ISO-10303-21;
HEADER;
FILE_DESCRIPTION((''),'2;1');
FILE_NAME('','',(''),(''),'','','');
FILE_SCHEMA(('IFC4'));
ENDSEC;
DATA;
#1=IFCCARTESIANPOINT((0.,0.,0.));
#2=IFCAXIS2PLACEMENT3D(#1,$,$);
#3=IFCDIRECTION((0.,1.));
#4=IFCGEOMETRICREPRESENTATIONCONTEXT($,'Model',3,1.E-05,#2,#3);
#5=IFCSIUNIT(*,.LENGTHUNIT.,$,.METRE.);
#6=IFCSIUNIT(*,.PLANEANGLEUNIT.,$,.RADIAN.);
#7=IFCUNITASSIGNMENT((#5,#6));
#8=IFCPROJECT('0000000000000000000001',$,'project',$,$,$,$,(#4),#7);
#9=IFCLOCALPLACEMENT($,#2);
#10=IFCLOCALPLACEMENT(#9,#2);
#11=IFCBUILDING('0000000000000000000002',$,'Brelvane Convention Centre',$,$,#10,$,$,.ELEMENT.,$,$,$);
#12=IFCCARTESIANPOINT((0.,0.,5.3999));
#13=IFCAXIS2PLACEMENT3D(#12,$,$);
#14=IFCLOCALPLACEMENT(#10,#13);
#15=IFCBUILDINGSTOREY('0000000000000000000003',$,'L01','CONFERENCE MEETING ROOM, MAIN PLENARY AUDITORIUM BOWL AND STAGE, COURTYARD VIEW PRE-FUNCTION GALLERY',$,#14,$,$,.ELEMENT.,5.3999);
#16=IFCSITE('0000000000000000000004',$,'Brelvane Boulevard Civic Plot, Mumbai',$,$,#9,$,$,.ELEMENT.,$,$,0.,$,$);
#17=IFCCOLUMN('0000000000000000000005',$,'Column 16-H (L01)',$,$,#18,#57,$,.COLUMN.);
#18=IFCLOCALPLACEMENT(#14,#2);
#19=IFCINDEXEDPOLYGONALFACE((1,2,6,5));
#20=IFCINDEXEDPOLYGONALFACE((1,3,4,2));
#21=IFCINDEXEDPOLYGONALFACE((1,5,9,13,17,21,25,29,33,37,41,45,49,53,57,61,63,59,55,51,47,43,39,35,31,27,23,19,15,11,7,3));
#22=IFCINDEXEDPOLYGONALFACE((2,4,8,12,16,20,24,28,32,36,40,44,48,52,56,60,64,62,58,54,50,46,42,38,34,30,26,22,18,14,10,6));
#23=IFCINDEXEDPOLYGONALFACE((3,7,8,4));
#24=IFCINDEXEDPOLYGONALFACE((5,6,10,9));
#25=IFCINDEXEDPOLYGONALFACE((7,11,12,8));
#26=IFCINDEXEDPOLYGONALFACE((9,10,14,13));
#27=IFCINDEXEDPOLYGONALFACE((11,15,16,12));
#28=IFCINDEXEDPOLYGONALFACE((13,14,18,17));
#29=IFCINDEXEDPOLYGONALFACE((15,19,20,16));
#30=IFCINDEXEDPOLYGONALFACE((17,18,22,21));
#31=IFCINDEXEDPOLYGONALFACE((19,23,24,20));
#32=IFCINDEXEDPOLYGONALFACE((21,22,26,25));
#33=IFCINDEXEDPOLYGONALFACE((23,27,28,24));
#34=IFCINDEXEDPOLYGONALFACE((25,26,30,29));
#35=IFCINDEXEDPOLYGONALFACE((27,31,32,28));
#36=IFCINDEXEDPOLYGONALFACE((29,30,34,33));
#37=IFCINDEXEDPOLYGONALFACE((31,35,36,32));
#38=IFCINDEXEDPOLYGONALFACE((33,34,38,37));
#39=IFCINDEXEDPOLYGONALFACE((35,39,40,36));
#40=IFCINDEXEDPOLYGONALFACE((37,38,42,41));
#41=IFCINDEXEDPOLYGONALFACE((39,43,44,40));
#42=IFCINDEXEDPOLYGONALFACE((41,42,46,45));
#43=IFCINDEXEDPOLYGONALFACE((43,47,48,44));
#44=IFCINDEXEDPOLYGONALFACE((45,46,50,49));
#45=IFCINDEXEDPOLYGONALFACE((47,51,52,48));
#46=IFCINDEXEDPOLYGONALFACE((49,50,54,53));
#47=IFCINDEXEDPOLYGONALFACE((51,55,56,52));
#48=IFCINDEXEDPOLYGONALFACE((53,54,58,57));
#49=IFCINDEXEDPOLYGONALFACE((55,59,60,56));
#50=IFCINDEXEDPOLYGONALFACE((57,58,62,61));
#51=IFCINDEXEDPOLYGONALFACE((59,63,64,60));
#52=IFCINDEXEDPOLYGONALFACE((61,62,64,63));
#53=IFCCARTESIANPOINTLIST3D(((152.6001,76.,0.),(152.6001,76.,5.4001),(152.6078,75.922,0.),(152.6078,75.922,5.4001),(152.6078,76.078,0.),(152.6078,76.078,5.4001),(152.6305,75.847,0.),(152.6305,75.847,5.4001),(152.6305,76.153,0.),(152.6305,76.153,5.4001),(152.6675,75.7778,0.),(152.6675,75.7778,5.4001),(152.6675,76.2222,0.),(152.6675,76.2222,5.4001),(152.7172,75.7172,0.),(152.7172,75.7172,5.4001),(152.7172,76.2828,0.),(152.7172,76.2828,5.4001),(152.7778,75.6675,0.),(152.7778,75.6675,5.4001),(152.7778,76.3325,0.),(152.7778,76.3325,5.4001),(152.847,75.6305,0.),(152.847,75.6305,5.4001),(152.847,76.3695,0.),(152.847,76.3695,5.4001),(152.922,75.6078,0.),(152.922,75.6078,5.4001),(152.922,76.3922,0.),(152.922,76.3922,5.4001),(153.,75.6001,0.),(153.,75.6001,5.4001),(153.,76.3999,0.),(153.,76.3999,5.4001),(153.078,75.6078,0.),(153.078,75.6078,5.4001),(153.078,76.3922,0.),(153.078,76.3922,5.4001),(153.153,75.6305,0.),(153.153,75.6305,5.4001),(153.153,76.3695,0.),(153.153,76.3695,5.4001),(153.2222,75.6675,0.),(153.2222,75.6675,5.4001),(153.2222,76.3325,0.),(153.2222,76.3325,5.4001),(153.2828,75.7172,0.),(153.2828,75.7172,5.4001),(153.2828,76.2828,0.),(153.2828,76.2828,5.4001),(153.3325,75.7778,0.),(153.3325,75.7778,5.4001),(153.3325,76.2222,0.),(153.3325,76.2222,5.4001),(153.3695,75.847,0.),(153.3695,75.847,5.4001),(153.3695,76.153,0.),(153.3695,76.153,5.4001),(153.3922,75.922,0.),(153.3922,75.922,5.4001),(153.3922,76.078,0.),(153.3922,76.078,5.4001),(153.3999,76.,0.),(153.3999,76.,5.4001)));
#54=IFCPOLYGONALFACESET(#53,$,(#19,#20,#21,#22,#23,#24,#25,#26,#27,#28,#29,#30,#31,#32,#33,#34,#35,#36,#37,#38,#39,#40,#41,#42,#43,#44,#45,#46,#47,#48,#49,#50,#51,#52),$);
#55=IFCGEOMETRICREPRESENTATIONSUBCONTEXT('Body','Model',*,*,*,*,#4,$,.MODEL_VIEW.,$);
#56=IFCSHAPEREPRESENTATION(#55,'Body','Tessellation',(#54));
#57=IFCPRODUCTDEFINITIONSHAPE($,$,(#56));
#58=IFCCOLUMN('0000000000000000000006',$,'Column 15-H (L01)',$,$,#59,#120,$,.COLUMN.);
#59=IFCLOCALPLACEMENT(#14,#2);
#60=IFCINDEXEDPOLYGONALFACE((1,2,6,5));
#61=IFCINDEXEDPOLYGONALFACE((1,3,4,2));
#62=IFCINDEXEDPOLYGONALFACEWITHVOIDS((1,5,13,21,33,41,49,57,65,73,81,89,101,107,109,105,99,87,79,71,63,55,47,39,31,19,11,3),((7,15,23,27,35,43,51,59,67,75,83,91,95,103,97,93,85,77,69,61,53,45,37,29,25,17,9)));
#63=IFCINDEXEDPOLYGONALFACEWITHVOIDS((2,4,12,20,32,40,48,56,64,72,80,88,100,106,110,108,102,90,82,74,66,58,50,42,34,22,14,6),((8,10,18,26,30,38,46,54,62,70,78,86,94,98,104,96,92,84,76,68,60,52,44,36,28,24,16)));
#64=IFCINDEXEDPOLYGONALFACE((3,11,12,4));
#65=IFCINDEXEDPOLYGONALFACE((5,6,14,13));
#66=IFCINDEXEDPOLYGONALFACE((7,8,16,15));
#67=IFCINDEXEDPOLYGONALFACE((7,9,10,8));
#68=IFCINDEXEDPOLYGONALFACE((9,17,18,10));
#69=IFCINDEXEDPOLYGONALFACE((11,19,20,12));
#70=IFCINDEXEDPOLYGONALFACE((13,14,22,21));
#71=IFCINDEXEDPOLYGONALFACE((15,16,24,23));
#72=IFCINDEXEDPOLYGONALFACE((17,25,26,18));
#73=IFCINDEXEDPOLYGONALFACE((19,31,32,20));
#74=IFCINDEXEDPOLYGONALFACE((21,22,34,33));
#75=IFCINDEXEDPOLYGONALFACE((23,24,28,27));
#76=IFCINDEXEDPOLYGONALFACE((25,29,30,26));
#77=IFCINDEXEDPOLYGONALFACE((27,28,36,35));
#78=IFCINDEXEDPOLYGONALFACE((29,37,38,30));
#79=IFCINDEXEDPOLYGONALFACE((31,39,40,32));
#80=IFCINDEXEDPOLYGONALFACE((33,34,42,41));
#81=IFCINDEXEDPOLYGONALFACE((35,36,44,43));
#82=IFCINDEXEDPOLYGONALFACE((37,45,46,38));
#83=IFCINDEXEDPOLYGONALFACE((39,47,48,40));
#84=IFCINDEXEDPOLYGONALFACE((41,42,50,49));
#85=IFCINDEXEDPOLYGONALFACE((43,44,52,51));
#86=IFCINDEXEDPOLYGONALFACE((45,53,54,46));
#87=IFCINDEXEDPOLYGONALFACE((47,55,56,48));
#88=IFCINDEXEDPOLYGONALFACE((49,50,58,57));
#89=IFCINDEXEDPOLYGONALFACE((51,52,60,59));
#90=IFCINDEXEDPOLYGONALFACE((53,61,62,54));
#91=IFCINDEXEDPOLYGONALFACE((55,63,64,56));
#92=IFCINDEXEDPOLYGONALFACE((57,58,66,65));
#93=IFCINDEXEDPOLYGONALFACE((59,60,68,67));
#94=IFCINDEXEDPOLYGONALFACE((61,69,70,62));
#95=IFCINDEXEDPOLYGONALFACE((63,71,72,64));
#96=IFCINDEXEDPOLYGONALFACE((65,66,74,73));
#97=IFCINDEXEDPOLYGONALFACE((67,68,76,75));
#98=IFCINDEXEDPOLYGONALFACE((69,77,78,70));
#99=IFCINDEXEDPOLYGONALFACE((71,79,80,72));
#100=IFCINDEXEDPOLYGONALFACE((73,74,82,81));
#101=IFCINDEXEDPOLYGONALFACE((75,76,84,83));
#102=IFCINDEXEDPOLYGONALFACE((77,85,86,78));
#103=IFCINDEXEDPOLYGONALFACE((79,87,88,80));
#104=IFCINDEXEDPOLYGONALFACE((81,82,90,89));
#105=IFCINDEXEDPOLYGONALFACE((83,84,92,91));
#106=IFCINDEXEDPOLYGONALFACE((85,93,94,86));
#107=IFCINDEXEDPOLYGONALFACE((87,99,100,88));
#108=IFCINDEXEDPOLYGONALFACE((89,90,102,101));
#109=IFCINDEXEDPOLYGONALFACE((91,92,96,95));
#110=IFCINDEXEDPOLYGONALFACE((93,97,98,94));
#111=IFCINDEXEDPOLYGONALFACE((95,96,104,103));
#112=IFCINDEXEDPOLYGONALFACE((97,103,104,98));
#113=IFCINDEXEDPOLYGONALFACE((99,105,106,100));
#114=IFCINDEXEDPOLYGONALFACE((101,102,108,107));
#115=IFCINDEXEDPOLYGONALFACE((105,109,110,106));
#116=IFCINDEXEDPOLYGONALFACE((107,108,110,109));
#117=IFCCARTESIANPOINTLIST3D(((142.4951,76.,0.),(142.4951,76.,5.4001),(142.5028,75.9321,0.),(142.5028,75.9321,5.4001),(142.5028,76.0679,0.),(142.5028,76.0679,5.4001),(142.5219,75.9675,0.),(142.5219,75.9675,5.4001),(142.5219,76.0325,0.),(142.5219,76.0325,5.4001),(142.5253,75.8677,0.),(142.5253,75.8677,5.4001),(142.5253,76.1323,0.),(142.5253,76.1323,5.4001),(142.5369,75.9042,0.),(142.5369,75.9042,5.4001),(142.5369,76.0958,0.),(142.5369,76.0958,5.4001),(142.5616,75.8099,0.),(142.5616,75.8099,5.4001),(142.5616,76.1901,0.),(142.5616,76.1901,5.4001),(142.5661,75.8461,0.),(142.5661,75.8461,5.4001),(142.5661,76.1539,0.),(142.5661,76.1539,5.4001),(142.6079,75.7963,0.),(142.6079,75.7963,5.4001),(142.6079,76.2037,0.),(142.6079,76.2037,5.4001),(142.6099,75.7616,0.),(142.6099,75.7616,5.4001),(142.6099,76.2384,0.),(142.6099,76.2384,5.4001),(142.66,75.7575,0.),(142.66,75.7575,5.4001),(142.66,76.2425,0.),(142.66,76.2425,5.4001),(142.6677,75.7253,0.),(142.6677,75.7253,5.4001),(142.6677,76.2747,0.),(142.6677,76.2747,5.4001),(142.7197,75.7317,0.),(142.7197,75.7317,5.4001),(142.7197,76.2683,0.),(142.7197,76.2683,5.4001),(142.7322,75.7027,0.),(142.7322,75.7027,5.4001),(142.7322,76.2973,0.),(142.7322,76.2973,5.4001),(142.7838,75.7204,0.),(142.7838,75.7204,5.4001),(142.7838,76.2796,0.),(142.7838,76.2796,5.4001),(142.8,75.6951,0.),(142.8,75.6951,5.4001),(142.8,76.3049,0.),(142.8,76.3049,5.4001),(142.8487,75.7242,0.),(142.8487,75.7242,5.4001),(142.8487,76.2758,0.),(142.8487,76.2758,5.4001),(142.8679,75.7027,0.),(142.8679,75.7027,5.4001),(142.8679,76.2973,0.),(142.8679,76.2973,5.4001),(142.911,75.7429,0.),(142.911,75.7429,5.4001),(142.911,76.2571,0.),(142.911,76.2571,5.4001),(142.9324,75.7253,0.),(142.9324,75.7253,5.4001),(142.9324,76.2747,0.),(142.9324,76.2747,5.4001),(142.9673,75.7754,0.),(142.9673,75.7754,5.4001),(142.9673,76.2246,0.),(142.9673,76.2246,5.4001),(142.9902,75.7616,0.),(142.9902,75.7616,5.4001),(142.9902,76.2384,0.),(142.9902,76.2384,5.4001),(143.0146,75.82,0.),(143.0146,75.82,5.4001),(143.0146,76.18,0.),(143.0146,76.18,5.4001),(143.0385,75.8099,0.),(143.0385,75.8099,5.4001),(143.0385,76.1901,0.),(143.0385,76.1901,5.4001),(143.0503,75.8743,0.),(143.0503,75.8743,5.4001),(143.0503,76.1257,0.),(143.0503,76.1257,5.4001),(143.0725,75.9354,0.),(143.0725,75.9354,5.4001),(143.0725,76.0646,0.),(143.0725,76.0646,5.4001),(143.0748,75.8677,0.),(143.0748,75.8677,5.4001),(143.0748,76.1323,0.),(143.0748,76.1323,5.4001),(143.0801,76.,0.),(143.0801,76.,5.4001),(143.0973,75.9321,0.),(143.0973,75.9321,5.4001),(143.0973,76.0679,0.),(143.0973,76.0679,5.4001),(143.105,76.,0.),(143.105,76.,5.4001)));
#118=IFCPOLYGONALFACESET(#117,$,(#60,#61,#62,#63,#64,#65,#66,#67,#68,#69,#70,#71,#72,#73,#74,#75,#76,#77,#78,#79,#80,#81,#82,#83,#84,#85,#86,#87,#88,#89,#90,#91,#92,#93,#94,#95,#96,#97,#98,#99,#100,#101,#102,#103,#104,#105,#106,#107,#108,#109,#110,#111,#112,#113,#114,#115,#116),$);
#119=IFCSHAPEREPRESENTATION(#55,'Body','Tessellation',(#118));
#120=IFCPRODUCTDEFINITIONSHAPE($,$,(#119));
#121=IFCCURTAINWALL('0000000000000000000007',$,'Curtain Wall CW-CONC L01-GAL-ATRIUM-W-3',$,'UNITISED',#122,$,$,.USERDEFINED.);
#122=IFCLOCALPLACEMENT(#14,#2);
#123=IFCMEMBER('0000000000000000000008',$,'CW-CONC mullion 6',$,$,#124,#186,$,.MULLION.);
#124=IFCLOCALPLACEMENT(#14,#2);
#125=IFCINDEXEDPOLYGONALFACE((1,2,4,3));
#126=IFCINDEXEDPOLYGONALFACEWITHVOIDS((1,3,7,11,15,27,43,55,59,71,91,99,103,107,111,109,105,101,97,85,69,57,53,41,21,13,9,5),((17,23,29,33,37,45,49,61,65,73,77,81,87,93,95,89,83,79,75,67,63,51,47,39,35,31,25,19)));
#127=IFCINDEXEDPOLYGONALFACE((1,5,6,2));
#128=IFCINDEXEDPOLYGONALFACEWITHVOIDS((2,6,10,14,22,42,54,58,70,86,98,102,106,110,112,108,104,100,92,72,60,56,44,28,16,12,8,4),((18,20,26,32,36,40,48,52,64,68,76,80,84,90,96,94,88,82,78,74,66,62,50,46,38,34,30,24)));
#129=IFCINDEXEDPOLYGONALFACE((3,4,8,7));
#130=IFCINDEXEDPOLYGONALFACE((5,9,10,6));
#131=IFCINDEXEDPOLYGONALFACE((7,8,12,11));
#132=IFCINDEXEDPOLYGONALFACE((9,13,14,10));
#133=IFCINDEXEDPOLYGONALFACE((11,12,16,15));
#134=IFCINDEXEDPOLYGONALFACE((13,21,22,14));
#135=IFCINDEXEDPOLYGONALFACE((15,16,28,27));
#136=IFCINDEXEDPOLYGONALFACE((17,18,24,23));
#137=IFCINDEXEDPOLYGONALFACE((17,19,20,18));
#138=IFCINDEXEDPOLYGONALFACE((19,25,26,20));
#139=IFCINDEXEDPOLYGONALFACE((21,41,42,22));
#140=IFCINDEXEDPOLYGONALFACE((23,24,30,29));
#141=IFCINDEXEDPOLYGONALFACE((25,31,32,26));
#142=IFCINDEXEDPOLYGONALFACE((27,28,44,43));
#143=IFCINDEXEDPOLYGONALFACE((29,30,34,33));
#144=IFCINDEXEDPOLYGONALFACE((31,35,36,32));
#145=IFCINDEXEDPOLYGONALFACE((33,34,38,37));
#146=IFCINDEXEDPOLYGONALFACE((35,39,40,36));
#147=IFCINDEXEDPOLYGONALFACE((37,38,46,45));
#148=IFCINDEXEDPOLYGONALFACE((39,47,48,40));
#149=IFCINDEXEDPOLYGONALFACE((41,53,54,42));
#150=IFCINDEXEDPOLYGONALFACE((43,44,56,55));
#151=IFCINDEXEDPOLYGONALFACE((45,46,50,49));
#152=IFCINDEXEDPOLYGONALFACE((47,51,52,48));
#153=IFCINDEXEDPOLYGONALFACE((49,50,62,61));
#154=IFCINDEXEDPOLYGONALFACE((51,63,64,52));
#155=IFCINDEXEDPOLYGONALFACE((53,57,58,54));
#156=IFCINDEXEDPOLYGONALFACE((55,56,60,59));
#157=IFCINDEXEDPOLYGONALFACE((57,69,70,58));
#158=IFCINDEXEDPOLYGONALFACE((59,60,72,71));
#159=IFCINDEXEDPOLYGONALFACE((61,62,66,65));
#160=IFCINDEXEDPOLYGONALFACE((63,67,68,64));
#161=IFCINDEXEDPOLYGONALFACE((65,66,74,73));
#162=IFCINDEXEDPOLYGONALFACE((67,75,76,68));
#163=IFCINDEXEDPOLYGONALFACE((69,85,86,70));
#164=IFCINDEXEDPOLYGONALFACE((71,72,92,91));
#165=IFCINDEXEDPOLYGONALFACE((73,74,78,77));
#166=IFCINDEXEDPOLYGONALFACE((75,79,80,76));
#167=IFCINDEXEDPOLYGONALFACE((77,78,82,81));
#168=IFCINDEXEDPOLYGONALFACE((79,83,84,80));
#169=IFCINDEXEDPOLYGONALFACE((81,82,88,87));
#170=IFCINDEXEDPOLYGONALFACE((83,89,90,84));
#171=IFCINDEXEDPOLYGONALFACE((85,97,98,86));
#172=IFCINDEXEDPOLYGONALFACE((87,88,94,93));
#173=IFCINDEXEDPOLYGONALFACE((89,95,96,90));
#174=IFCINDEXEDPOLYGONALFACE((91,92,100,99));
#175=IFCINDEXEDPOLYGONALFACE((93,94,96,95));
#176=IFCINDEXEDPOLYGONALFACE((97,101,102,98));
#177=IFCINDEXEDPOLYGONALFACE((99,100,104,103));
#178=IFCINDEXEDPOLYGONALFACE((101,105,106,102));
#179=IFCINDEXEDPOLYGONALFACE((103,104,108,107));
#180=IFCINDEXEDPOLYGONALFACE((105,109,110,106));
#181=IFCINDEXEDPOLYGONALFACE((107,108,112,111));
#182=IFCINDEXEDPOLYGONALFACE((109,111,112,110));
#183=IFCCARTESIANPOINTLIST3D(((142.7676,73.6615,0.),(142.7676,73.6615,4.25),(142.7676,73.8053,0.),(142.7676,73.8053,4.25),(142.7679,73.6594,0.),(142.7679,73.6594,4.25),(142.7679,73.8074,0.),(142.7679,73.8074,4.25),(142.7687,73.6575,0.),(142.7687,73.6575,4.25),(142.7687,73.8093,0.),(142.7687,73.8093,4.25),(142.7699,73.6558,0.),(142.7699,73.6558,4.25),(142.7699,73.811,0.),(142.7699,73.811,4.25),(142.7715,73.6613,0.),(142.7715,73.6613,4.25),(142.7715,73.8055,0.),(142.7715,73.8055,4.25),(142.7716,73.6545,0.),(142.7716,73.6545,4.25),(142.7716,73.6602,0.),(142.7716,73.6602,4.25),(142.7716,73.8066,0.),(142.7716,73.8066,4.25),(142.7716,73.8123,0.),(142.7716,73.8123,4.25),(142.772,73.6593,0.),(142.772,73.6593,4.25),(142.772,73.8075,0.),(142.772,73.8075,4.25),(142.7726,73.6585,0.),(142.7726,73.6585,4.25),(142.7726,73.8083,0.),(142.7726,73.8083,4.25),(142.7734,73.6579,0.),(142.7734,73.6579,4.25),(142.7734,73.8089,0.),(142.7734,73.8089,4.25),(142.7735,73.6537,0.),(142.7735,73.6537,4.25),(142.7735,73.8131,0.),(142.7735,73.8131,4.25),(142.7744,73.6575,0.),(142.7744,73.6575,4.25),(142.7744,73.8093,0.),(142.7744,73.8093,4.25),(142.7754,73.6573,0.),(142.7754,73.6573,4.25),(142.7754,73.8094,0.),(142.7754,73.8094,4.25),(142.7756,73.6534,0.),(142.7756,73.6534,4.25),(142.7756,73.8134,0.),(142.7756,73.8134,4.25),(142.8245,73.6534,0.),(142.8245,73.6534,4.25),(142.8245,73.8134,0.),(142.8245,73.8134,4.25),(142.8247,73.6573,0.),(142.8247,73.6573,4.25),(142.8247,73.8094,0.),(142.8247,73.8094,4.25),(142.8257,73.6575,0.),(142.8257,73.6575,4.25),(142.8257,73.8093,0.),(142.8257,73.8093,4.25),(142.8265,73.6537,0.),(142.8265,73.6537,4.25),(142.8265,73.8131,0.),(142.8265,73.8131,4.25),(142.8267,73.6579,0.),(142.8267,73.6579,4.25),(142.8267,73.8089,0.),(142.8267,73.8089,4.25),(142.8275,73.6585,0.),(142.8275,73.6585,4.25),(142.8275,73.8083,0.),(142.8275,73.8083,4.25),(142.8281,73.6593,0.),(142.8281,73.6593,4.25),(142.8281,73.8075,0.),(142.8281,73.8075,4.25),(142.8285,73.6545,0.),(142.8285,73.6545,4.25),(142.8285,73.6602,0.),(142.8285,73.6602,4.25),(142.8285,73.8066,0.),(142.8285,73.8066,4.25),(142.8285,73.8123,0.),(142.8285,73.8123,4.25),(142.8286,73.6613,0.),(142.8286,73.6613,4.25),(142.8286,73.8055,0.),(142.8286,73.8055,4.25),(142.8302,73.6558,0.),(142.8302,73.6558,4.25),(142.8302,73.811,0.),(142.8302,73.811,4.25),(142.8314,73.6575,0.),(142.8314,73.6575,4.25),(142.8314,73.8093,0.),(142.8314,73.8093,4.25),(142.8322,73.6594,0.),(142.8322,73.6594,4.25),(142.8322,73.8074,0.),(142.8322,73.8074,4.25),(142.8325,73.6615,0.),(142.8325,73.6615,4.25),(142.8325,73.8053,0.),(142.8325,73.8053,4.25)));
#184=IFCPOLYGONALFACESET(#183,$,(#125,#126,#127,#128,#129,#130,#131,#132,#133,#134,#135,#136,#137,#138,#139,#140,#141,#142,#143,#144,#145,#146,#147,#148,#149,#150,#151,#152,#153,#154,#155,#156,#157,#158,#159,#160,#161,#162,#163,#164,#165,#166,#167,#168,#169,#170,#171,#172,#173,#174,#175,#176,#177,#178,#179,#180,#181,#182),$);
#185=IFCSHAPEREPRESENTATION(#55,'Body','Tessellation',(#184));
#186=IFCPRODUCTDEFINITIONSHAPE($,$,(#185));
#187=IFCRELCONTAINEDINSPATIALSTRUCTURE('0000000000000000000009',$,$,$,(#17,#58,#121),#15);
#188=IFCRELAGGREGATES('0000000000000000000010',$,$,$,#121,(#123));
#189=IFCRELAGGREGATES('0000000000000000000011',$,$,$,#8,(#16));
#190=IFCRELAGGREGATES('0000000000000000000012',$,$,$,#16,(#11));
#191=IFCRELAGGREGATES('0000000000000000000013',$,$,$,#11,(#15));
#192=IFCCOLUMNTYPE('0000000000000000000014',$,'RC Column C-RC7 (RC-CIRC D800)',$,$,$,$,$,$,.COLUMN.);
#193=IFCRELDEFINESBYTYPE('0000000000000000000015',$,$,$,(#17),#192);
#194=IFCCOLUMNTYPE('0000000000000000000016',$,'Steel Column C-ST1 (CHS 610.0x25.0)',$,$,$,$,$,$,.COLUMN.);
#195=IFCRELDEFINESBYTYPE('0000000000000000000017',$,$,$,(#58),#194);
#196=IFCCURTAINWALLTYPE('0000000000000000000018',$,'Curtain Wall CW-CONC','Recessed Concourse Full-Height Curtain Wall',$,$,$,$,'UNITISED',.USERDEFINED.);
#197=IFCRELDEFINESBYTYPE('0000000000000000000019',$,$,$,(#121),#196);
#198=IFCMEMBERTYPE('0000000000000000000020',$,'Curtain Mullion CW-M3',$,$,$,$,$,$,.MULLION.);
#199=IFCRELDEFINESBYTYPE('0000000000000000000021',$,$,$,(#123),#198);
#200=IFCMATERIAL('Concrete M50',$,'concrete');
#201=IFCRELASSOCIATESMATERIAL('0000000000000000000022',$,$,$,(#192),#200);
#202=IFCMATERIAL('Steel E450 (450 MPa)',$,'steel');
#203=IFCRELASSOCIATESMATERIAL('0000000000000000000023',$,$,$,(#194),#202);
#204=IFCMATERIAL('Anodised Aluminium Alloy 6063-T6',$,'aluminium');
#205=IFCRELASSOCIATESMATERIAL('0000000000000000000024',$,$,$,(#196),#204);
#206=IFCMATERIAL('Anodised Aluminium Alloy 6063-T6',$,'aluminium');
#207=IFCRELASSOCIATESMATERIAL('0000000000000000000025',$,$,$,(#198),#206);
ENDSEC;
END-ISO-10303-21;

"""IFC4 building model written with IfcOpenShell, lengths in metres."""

from ifc_helpers import new_model, si_unit, direction, frame, origin, origin_2d, place, context, subcontext, project, spatial, hollow_rectangle, circle, hollow_circle, extrude, material, material_profile, profile_set, type_object, element, aggregate, save


model = new_model("IFC4")

# Units and contexts
model_context = context("Model", 3, precision=1e-05, world=origin(), true_north=direction((0.0, 1.0)))
body_context = subcontext(model_context, "Body", "Model", "MODEL_VIEW")
ifc_project = project(units=[si_unit("LENGTHUNIT", "METRE"), si_unit("PLANEANGLEUNIT", "RADIAN")], contexts=[model_context])

# Site, building, storey
site_placement = place(None, origin())
site = spatial("IfcSite", under=ifc_project, at=site_placement, Name="Brelvane Boulevard Civic Plot, Mumbai", CompositionType="ELEMENT", RefElevation=0.0)
building_placement = place(site_placement, origin())
building = spatial("IfcBuilding", under=site, at=building_placement, Name="Brelvane Convention Centre", CompositionType="ELEMENT")
storey_placement = place(building_placement, frame((0.0, 0.0, 5.3999)))
storey = spatial("IfcBuildingStorey", under=building, at=storey_placement, Name="L01", Description="CONFERENCE MEETING ROOM, MAIN PLENARY AUDITORIUM BOWL AND STAGE, COURTYARD VIEW PRE-FUNCTION GALLERY", CompositionType="ELEMENT", Elevation=5.3999)

# Columns
ifc_material_1 = material(Name="Concrete M50", Category="concrete")
ifc_material_profile_1 = material_profile(ifc_material_1, circle(Radius=0.3999, at=origin_2d()), Name="RC-CIRC D800")
ifc_profile_set_1 = profile_set([ifc_material_profile_1], Name="Concrete M50")
column_type_1 = type_object("IfcColumnType", Name="RC Column C-RC7 (RC-CIRC D800)", PredefinedType="COLUMN", material=ifc_profile_set_1)
column_1_placement = place(storey_placement, frame((153.0, 76.0, 0.0), z_axis=(0.0, 0.0, 1.0), x_axis=(1.0, 0.0, 0.0)))
element("IfcColumn", 1, at=column_1_placement, inside=storey, type_object=column_type_1, Name="Column 16-H (L01)", PredefinedType="COLUMN", context=body_context, shape_type="SweptSolid", body=[
    extrude(circle(Radius=0.3999, at=origin_2d()), origin(), (0.0, 0.0, 1.0), 5.4001),
])
ifc_material_2 = material(Name="Steel E450 (450 MPa)", Category="steel")
ifc_material_profile_2 = material_profile(ifc_material_2, hollow_circle(Radius=0.3049, WallThickness=0.0249, at=origin_2d()), Name="CHS 610.0x25.0")
ifc_profile_set_2 = profile_set([ifc_material_profile_2], Name="Steel E450 (450 MPa)")
column_type_2 = type_object("IfcColumnType", Name="Steel Column C-ST1 (CHS 610.0x25.0)", PredefinedType="COLUMN", material=ifc_profile_set_2)
column_2_placement = place(storey_placement, frame((142.8, 76.0, 0.0), z_axis=(0.0, 0.0, 1.0), x_axis=(1.0, 0.0, 0.0)))
element("IfcColumn", 2, at=column_2_placement, inside=storey, type_object=column_type_2, Name="Column 15-H (L01)", PredefinedType="COLUMN", context=body_context, shape_type="SweptSolid", body=[
    extrude(hollow_circle(Radius=0.3049, WallThickness=0.0249, at=origin_2d()), origin(), (0.0, 0.0, 1.0), 5.4001),
])

# Curtain wall, member
ifc_material_3 = material(Name="Anodised Aluminium Alloy 6063-T6", Category="aluminium")
curtain_wall_type = type_object("IfcCurtainWallType", Name="Curtain Wall CW-CONC", Description="Recessed Concourse Full-Height Curtain Wall", ElementType="UNITISED", PredefinedType="USERDEFINED", material=ifc_material_3)
curtain_wall_1_placement = place(storey_placement, origin())
curtain_wall_1 = element("IfcCurtainWall", 3, at=curtain_wall_1_placement, inside=storey, type_object=curtain_wall_type, Name="Curtain Wall CW-CONC L01-GAL-ATRIUM-W-3", ObjectType="UNITISED", PredefinedType="USERDEFINED")
ifc_material_4 = material(Name="Anodised Aluminium Alloy 6063-T6", Category="aluminium")
ifc_material_profile_3 = material_profile(ifc_material_4, hollow_rectangle(XDim=0.0649, YDim=0.1599, WallThickness=0.0039, InnerFilletRadius=0.0039, OuterFilletRadius=0.0081, at=origin_2d()), Name="ALU-M 160x65x4.0")
ifc_profile_set_3 = profile_set([ifc_material_profile_3], Name="Anodised Aluminium Alloy 6063-T6")
member_type_1 = type_object("IfcMemberType", Name="Curtain Mullion CW-M3", PredefinedType="MULLION", material=ifc_profile_set_3)
member_1_placement = place(storey_placement, frame((142.8, 73.7334, 0.0), z_axis=(0.0, 0.0, 1.0), x_axis=(-1.0, 0.0, 0.0)))
member_1 = element("IfcMember", 4, at=member_1_placement, type_object=member_type_1, Name="CW-CONC mullion 6", PredefinedType="MULLION", context=body_context, shape_type="SweptSolid", body=[
    extrude(hollow_rectangle(XDim=0.0649, YDim=0.1599, WallThickness=0.0039, InnerFilletRadius=0.0039, OuterFilletRadius=0.0081, at=origin_2d()), origin(), (0.0, 0.0, 1.0), 4.25),
])

aggregate(curtain_wall_1, [member_1])

save(model, "model.ifc")
